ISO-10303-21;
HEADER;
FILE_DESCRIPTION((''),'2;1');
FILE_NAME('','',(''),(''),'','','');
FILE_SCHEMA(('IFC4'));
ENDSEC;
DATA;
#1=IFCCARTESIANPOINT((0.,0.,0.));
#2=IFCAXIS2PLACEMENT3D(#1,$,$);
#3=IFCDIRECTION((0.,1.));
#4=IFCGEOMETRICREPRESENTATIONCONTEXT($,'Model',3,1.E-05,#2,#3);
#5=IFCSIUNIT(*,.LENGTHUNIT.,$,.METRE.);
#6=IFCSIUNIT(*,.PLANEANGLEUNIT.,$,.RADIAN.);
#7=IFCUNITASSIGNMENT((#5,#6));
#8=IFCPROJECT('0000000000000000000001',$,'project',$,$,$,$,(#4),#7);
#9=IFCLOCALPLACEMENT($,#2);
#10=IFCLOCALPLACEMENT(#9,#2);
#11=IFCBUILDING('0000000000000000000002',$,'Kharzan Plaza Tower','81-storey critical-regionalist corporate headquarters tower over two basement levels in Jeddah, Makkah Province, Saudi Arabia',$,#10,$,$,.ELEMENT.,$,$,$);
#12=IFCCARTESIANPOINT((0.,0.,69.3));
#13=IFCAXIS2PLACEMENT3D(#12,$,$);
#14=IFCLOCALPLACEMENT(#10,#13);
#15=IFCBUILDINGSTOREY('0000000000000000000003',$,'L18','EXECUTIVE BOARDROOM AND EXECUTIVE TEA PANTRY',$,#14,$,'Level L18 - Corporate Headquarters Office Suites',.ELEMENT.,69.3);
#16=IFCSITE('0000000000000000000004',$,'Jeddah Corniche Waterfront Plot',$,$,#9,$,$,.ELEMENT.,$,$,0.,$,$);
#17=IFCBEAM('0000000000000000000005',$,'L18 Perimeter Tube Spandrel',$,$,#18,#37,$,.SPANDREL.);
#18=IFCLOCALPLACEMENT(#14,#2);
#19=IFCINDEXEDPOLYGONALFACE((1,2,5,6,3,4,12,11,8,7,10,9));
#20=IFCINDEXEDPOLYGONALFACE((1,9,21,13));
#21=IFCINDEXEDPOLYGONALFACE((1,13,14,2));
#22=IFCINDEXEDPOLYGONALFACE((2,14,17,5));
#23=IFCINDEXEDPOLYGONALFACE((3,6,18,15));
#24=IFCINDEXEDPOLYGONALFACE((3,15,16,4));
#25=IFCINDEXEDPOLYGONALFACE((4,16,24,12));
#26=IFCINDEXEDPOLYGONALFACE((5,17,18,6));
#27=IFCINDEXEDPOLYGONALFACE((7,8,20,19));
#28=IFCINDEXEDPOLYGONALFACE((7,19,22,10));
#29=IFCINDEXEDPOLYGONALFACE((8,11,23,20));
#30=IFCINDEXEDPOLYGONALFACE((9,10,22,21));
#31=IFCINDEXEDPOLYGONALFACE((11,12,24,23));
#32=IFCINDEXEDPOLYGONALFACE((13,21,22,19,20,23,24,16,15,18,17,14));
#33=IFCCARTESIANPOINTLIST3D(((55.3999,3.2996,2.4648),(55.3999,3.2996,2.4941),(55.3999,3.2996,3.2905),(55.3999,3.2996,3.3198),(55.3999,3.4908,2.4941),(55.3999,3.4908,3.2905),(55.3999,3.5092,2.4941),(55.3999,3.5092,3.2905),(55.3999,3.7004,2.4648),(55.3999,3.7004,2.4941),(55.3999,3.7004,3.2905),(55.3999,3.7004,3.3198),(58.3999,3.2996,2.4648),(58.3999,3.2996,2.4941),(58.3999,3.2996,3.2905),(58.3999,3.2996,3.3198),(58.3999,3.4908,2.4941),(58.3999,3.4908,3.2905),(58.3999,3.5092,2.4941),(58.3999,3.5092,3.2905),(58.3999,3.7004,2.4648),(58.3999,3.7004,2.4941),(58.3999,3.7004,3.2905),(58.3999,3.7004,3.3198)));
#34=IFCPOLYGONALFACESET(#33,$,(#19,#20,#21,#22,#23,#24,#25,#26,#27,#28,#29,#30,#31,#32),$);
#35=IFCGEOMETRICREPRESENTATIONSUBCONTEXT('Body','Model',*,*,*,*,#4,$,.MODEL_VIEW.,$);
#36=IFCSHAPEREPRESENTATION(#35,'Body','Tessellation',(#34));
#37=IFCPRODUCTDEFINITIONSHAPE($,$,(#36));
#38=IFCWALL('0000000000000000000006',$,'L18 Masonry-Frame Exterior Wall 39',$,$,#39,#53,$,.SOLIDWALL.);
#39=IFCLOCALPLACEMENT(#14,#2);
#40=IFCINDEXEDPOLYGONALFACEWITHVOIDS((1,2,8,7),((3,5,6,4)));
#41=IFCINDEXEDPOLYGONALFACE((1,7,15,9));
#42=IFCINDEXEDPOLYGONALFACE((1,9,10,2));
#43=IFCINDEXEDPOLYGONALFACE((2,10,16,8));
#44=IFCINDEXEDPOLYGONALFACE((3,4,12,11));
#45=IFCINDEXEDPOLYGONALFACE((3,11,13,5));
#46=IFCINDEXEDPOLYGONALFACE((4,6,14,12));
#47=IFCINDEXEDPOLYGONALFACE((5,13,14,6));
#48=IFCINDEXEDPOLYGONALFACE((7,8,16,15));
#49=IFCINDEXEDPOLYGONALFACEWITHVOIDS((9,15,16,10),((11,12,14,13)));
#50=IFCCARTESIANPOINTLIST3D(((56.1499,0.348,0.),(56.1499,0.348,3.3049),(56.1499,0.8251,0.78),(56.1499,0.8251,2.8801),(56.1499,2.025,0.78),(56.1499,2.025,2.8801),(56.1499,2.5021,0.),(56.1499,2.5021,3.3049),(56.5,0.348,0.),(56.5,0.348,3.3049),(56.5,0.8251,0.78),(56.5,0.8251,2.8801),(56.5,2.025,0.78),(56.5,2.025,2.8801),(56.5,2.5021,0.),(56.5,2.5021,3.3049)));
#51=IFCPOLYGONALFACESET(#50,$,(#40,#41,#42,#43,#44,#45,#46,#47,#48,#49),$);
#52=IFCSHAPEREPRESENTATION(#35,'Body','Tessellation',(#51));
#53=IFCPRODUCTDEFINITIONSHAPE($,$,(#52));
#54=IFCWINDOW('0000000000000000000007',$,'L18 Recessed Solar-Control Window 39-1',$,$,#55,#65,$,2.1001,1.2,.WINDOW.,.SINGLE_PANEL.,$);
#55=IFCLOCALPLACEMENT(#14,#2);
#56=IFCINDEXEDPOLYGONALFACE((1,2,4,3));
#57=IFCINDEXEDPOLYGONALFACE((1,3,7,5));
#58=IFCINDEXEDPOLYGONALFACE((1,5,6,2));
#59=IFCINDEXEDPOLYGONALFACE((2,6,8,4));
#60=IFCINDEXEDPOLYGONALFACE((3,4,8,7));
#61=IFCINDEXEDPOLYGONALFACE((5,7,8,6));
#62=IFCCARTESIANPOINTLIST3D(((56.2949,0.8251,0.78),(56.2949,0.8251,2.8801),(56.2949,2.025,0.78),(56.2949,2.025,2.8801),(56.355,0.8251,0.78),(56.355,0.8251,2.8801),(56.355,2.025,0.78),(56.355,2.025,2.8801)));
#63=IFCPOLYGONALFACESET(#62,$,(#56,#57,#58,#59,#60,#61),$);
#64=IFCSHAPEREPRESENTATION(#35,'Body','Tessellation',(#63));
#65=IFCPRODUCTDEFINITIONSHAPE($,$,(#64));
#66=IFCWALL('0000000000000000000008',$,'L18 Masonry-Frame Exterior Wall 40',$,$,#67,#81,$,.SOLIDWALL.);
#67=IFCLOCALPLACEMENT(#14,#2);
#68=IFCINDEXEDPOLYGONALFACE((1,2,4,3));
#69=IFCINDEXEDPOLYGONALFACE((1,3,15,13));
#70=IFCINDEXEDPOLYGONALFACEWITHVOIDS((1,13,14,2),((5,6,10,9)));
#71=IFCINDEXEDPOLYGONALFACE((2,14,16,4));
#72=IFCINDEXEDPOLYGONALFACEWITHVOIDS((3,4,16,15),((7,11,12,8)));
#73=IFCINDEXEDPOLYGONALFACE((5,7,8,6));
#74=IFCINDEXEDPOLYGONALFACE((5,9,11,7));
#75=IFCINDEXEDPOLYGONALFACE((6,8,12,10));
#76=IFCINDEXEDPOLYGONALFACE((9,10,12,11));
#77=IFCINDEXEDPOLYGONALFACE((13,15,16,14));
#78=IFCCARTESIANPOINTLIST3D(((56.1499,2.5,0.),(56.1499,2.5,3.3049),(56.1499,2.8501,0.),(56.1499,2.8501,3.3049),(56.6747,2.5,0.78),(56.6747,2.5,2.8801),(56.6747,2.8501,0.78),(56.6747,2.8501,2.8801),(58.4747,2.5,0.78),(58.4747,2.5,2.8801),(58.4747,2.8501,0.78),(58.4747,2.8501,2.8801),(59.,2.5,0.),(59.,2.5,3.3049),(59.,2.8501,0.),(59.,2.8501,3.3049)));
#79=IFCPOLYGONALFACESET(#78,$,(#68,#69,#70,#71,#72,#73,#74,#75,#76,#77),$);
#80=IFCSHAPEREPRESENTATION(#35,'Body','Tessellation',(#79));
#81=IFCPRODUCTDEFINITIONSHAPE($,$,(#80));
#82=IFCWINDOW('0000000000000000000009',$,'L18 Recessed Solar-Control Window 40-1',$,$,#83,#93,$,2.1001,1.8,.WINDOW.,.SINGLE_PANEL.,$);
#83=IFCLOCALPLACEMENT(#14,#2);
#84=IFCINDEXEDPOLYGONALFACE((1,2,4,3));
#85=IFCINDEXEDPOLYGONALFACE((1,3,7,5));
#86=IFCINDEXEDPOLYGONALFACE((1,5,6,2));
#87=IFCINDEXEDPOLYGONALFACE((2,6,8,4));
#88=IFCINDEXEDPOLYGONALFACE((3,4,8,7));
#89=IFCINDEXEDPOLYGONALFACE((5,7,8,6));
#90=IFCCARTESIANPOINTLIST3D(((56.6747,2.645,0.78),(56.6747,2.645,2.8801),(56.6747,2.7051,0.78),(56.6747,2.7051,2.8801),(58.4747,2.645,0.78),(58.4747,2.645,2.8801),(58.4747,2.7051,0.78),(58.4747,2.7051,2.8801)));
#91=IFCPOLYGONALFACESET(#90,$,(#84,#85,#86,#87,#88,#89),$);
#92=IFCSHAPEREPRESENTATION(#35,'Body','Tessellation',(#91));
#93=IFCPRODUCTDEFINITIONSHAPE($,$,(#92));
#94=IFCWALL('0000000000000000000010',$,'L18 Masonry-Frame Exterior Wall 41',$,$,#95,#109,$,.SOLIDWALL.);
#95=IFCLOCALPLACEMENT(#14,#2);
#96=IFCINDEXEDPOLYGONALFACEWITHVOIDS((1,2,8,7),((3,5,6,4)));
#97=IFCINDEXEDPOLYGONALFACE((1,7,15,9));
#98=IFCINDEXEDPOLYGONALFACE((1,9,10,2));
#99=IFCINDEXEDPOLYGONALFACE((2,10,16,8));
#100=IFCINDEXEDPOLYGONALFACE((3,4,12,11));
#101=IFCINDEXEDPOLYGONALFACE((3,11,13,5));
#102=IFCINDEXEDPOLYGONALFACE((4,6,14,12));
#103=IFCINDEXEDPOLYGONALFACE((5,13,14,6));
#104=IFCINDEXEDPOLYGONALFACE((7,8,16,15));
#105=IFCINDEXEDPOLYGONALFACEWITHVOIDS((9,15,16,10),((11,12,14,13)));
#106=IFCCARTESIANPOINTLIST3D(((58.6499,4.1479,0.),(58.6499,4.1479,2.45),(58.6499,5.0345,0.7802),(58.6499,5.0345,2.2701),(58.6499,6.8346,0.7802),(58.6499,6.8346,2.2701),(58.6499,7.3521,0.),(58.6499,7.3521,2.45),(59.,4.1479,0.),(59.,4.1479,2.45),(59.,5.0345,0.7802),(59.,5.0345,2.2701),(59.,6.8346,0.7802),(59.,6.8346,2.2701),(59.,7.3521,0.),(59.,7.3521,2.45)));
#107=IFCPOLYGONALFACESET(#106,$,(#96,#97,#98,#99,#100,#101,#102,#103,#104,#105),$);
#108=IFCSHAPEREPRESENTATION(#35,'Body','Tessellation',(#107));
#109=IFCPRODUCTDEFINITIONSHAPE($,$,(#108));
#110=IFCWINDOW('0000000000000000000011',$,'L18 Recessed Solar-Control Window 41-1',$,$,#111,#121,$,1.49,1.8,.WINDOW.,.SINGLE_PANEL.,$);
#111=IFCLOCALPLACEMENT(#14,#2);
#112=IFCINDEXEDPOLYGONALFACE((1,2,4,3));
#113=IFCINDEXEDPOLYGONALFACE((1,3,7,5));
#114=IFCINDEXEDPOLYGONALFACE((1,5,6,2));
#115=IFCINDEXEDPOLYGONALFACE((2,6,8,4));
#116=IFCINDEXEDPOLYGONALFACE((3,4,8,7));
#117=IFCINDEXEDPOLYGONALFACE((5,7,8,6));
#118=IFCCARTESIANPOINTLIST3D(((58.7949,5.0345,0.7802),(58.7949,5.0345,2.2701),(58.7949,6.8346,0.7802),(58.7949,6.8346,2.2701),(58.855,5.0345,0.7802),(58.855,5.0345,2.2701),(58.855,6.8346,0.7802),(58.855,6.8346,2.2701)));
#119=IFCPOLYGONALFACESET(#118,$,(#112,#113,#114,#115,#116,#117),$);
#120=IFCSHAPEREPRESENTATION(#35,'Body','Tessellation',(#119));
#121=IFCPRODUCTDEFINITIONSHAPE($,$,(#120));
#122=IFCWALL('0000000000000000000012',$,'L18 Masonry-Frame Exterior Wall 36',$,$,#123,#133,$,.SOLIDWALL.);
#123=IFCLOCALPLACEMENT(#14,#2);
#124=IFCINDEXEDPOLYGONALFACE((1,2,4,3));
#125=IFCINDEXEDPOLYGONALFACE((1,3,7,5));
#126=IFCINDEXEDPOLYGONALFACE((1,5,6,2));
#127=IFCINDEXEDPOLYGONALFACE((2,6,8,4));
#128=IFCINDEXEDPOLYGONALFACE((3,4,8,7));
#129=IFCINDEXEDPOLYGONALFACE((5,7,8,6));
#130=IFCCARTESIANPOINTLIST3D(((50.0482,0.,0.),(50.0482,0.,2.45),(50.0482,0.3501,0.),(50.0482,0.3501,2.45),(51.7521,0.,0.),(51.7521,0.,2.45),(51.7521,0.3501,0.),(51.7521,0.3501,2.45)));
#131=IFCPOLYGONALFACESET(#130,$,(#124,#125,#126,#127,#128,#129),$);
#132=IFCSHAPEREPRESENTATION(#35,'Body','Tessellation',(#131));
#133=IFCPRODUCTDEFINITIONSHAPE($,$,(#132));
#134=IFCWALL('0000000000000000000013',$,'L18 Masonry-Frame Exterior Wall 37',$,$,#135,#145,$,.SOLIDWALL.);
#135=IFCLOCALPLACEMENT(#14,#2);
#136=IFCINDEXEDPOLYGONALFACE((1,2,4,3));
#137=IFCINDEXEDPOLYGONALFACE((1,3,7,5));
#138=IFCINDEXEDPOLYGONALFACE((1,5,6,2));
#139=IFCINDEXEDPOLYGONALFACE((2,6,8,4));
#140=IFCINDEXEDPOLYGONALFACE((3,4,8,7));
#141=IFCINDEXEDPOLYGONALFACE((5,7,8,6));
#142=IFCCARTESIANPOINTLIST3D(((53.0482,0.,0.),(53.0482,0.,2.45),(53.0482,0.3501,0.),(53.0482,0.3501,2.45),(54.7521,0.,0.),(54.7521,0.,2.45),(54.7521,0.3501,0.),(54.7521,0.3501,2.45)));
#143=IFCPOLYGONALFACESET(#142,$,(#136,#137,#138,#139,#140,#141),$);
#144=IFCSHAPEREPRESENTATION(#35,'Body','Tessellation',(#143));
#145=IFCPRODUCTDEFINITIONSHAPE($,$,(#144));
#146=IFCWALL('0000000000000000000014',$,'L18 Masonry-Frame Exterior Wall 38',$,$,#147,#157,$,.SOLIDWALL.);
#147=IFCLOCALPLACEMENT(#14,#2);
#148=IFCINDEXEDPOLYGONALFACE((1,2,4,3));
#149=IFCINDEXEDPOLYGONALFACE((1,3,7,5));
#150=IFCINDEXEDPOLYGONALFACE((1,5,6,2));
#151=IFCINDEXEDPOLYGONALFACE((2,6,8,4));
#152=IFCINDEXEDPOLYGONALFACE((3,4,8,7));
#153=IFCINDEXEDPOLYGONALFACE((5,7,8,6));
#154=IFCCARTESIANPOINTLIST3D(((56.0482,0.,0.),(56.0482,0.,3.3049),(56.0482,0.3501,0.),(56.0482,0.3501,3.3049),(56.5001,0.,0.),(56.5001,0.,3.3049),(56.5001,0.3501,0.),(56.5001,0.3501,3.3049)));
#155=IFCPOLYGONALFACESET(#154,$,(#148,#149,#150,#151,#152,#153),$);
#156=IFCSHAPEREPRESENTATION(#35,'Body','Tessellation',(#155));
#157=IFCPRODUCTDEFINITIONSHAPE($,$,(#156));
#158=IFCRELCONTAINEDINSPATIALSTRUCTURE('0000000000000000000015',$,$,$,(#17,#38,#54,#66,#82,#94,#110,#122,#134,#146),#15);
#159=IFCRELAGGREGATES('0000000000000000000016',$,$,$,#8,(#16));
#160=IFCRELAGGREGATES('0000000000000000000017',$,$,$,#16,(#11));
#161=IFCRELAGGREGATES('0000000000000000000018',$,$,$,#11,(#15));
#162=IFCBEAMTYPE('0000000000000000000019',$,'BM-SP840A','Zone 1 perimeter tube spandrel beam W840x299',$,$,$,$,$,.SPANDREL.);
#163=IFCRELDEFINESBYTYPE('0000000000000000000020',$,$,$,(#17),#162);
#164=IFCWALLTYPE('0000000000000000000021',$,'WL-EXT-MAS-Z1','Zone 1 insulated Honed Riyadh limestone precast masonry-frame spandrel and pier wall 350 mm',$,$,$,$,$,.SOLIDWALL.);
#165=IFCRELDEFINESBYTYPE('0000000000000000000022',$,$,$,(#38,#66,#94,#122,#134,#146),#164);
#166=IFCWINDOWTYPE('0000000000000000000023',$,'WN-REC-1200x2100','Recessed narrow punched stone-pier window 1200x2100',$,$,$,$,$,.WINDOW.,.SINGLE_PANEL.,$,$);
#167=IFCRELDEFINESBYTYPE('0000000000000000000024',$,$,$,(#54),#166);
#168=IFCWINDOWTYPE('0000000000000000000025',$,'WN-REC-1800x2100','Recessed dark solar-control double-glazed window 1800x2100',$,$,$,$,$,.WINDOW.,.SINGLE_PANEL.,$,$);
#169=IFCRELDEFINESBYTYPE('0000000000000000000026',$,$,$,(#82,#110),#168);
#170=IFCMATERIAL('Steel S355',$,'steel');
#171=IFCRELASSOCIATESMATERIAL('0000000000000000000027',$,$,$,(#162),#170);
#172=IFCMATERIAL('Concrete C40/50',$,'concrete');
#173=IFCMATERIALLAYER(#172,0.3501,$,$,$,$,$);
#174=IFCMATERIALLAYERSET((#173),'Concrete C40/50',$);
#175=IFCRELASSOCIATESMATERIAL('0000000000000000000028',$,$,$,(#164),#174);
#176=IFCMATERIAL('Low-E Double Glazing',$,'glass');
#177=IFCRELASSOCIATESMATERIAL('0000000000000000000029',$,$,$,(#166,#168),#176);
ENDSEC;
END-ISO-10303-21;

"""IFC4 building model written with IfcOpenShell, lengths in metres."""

from ifc_helpers import new_model, si_unit, direction, frame, frame_2d, origin, origin_2d, place, context, subcontext, project, spatial, rectangle, i_section, extrude, source, transform, mapped, material, layer, layer_set, material_profile, profile_set, type_object, element, fill, save


model = new_model("IFC4")

# Units and contexts
model_context = context("Model", 3, precision=1e-05, world=origin(), true_north=direction((0.0, 1.0)))
body_context = subcontext(model_context, "Body", "Model", "MODEL_VIEW")
ifc_project = project(units=[si_unit("LENGTHUNIT", "METRE"), si_unit("PLANEANGLEUNIT", "RADIAN")], contexts=[model_context])

# Site, building, storey
site_placement = place(None, origin())
site = spatial("IfcSite", under=ifc_project, at=site_placement, Name="Jeddah Corniche Waterfront Plot", CompositionType="ELEMENT", RefElevation=0.0)
building_placement = place(site_placement, origin())
building = spatial("IfcBuilding", under=site, at=building_placement, Name="Kharzan Plaza Tower", Description="81-storey critical-regionalist corporate headquarters tower over two basement levels in Jeddah, Makkah Province, Saudi Arabia", CompositionType="ELEMENT")
storey_placement = place(building_placement, frame((0.0, 0.0, 69.3)))
storey = spatial("IfcBuildingStorey", under=building, at=storey_placement, Name="L18", Description="EXECUTIVE BOARDROOM AND EXECUTIVE TEA PANTRY", LongName="Level L18 - Corporate Headquarters Office Suites", CompositionType="ELEMENT", Elevation=69.3)

# Beam
ifc_material_1 = material(Name="Steel S355", Category="steel")
ifc_material_profile_1 = material_profile(ifc_material_1, i_section(OverallWidth=0.4009, OverallDepth=0.855, WebThickness=0.0183, FlangeThickness=0.0293, at=origin_2d()), Name="W840x299")
ifc_profile_set_1 = profile_set([ifc_material_profile_1], Name="Steel S355")
beam_type_1 = type_object("IfcBeamType", Name="BM-SP840A", Description="Zone 1 perimeter tube spandrel beam W840x299", PredefinedType="SPANDREL", material=ifc_profile_set_1)
shared_shape_1 = source(origin(), body_context, "Body", "SweptSolid", [
    extrude(i_section(OverallWidth=0.4009, OverallDepth=0.855, WebThickness=0.0183, FlangeThickness=0.0293, at=origin_2d()), origin(), (0.0, 0.0, 1.0), 3.0),
])
for number, where, z_axis, x_axis, name in (
    (1, (55.3999, 3.5, 2.8923), (1.0, 0.0, 0.0), (0.0, 1.0, 0.0), "L18 Perimeter Tube Spandrel"),
):
    element("IfcBeam", number, at=place(storey_placement, frame(where, z_axis=z_axis, x_axis=x_axis)), inside=storey, type_object=beam_type_1, Name=name, PredefinedType="SPANDREL", context=body_context, shape_type="MappedRepresentation", body=[
        mapped(shared_shape_1, transform((0.0, 0.0, 0.0), x_axis=(1.0, 0.0, 0.0), y_axis=(0.0, 1.0, 0.0), z_axis=(0.0, 0.0, 1.0))),
    ])

# Walls, openings, windows
ifc_material_2 = material(Name="Concrete C40/50", Category="concrete")
ifc_layer = layer(ifc_material_2, 0.3501)
ifc_layer_set = layer_set([ifc_layer], Name="Concrete C40/50")
wall_type = type_object("IfcWallType", Name="WL-EXT-MAS-Z1", Description="Zone 1 insulated Honed Riyadh limestone precast masonry-frame spandrel and pier wall 350 mm", PredefinedType="SOLIDWALL", material=ifc_layer_set)
wall_1_placement = place(storey_placement, frame((56.325, 0.3479, 0.0), z_axis=(0.0, 0.0, 1.0), x_axis=(0.0, 1.0, 0.0)))
wall_1 = element("IfcWall", 2, at=wall_1_placement, inside=storey, type_object=wall_type, Name="L18 Masonry-Frame Exterior Wall 39", PredefinedType="SOLIDWALL", context=body_context, shape_type="SweptSolid", body=[
    extrude(rectangle(XDim=2.1541, YDim=0.3501, at=frame_2d((1.0771, 0.0))), origin(), (0.0, 0.0, 1.0), 3.3049),
])
opening_1_placement = place(wall_1_placement, frame((0.4771, 0.0, 0.78)))
opening_1 = element("IfcOpeningElement", 3, at=opening_1_placement, cuts=wall_1, PredefinedType="OPENING", context=body_context, shape_type="SweptSolid", body=[
    extrude(rectangle(XDim=1.2, YDim=2.1001, at=frame_2d((0.6001, 1.05))), frame((0.0, 0.1851, 0.0), z_axis=(0.0, -1.0, 0.0), x_axis=(1.0, 0.0, 0.0)), (0.0, 0.0, 1.0), 0.3701),
])
ifc_material_3 = material(Name="Low-E Double Glazing", Category="glass")
window_type_1 = type_object("IfcWindowType", Name="WN-REC-1200x2100", Description="Recessed narrow punched stone-pier window 1200x2100", PartitioningType="SINGLE_PANEL", PredefinedType="WINDOW", material=ifc_material_3)
shared_shape_2 = source(origin(), body_context, "Body", "SweptSolid", [
    extrude(rectangle(XDim=1.2, YDim=2.1001, at=frame_2d((0.6001, 1.05))), frame((0.0, 0.03, 0.0), z_axis=(0.0, -1.0, 0.0), x_axis=(1.0, 0.0, 0.0)), (0.0, 0.0, 1.0), 0.0601),
])
window_1_placement = place(opening_1_placement, origin())
window_1 = element("IfcWindow", 4, at=window_1_placement, inside=storey, type_object=window_type_1, Name="L18 Recessed Solar-Control Window 39-1", OverallHeight=2.1001, OverallWidth=1.2, PartitioningType="SINGLE_PANEL", PredefinedType="WINDOW", context=body_context, shape_type="MappedRepresentation", body=[
    mapped(shared_shape_2, transform((0.0, 0.0, 0.0), x_axis=(1.0, 0.0, 0.0), y_axis=(0.0, 1.0, 0.0), z_axis=(0.0, 0.0, 1.0))),
])
fill(opening_1, window_1)
wall_2_placement = place(storey_placement, frame((56.1499, 2.675, 0.0), z_axis=(0.0, 0.0, 1.0), x_axis=(1.0, 0.0, 0.0)))
wall_2 = element("IfcWall", 5, at=wall_2_placement, inside=storey, type_object=wall_type, Name="L18 Masonry-Frame Exterior Wall 40", PredefinedType="SOLIDWALL", context=body_context, shape_type="SweptSolid", body=[
    extrude(rectangle(XDim=2.8501, YDim=0.3501, at=frame_2d((1.425, 0.0))), origin(), (0.0, 0.0, 1.0), 3.3049),
])
opening_2_placement = place(wall_2_placement, frame((0.5249, 0.0, 0.78)))
opening_2 = element("IfcOpeningElement", 6, at=opening_2_placement, cuts=wall_2, PredefinedType="OPENING", context=body_context, shape_type="SweptSolid", body=[
    extrude(rectangle(XDim=1.8, YDim=2.1001, at=frame_2d((0.8999, 1.05))), frame((0.0, 0.1851, 0.0), z_axis=(0.0, -1.0, 0.0), x_axis=(1.0, 0.0, 0.0)), (0.0, 0.0, 1.0), 0.3701),
])
window_type_2 = type_object("IfcWindowType", Name="WN-REC-1800x2100", Description="Recessed dark solar-control double-glazed window 1800x2100", PartitioningType="SINGLE_PANEL", PredefinedType="WINDOW", material=ifc_material_3)
shared_shape_3 = source(origin(), body_context, "Body", "SweptSolid", [
    extrude(rectangle(XDim=1.8, YDim=2.1001, at=frame_2d((0.8999, 1.05))), frame((0.0, 0.03, 0.0), z_axis=(0.0, -1.0, 0.0), x_axis=(1.0, 0.0, 0.0)), (0.0, 0.0, 1.0), 0.0601),
])
window_2_placement = place(opening_2_placement, origin())
window_2 = element("IfcWindow", 7, at=window_2_placement, inside=storey, type_object=window_type_2, Name="L18 Recessed Solar-Control Window 40-1", OverallHeight=2.1001, OverallWidth=1.8, PartitioningType="SINGLE_PANEL", PredefinedType="WINDOW", context=body_context, shape_type="MappedRepresentation", body=[
    mapped(shared_shape_3, transform((0.0, 0.0, 0.0), x_axis=(1.0, 0.0, 0.0), y_axis=(0.0, 1.0, 0.0), z_axis=(0.0, 0.0, 1.0))),
])
fill(opening_2, window_2)
wall_3_placement = place(storey_placement, frame((58.825, 4.1479, 0.0), z_axis=(0.0, 0.0, 1.0), x_axis=(0.0, 1.0, 0.0)))
wall_3 = element("IfcWall", 8, at=wall_3_placement, inside=storey, type_object=wall_type, Name="L18 Masonry-Frame Exterior Wall 41", PredefinedType="SOLIDWALL", context=body_context, shape_type="SweptSolid", body=[
    extrude(rectangle(XDim=3.2041, YDim=0.3501, at=frame_2d((1.6021, 0.0))), origin(), (0.0, 0.0, 1.0), 2.45),
])
opening_3_placement = place(wall_3_placement, frame((0.8867, 0.0, 0.78)))
opening_3 = element("IfcOpeningElement", 9, at=opening_3_placement, cuts=wall_3, PredefinedType="OPENING", context=body_context, shape_type="SweptSolid", body=[
    extrude(rectangle(XDim=1.8, YDim=1.49, at=frame_2d((0.8999, 0.7451))), frame((0.0, 0.1851, 0.0), z_axis=(0.0, -1.0, 0.0), x_axis=(1.0, 0.0, 0.0)), (0.0, 0.0, 1.0), 0.3701),
])
shared_shape_4 = source(origin(), body_context, "Body", "SweptSolid", [
    extrude(rectangle(XDim=1.8, YDim=1.49, at=frame_2d((0.8999, 0.7451))), frame((0.0, 0.03, 0.0), z_axis=(0.0, -1.0, 0.0), x_axis=(1.0, 0.0, 0.0)), (0.0, 0.0, 1.0), 0.0601),
])
window_3_placement = place(opening_3_placement, origin())
window_3 = element("IfcWindow", 10, at=window_3_placement, inside=storey, type_object=window_type_2, Name="L18 Recessed Solar-Control Window 41-1", OverallHeight=1.49, OverallWidth=1.8, PartitioningType="SINGLE_PANEL", PredefinedType="WINDOW", context=body_context, shape_type="MappedRepresentation", body=[
    mapped(shared_shape_4, transform((0.0, 0.0, 0.0), x_axis=(1.0, 0.0, 0.0), y_axis=(0.0, 1.0, 0.0), z_axis=(0.0, 0.0, 1.0))),
])
fill(opening_3, window_3)

# Walls
shared_shape_5 = source(origin(), body_context, "Body", "SweptSolid", [
    extrude(rectangle(XDim=1.7039, YDim=0.3501, at=frame_2d((0.8521, 0.0))), origin(), (0.0, 0.0, 1.0), 2.45),
])
for number, where, z_axis, x_axis, name in (
    (11, (50.0481, 0.175, 0.0), (0.0, 0.0, 1.0), (1.0, 0.0, 0.0), "L18 Masonry-Frame Exterior Wall 36"),
    (12, (53.0481, 0.175, 0.0), (0.0, 0.0, 1.0), (1.0, 0.0, 0.0), "L18 Masonry-Frame Exterior Wall 37"),
):
    element("IfcWall", number, at=place(storey_placement, frame(where, z_axis=z_axis, x_axis=x_axis)), inside=storey, type_object=wall_type, Name=name, PredefinedType="SOLIDWALL", context=body_context, shape_type="MappedRepresentation", body=[
        mapped(shared_shape_5, transform((0.0, 0.0, 0.0), x_axis=(1.0, 0.0, 0.0), y_axis=(0.0, 1.0, 0.0), z_axis=(0.0, 0.0, 1.0))),
    ])
shared_shape_6 = source(origin(), body_context, "Body", "SweptSolid", [
    extrude(rectangle(XDim=0.4519, YDim=0.3501, at=frame_2d((0.2261, 0.0))), origin(), (0.0, 0.0, 1.0), 3.3049),
])
wall_4_placement = place(storey_placement, frame((56.0481, 0.175, 0.0), z_axis=(0.0, 0.0, 1.0), x_axis=(1.0, 0.0, 0.0)))
element("IfcWall", 13, at=wall_4_placement, inside=storey, type_object=wall_type, Name="L18 Masonry-Frame Exterior Wall 38", PredefinedType="SOLIDWALL", context=body_context, shape_type="MappedRepresentation", body=[
    mapped(shared_shape_6, transform((0.0, 0.0, 0.0), x_axis=(1.0, 0.0, 0.0), y_axis=(0.0, 1.0, 0.0), z_axis=(0.0, 0.0, 1.0))),
])

save(model, "model.ifc")
